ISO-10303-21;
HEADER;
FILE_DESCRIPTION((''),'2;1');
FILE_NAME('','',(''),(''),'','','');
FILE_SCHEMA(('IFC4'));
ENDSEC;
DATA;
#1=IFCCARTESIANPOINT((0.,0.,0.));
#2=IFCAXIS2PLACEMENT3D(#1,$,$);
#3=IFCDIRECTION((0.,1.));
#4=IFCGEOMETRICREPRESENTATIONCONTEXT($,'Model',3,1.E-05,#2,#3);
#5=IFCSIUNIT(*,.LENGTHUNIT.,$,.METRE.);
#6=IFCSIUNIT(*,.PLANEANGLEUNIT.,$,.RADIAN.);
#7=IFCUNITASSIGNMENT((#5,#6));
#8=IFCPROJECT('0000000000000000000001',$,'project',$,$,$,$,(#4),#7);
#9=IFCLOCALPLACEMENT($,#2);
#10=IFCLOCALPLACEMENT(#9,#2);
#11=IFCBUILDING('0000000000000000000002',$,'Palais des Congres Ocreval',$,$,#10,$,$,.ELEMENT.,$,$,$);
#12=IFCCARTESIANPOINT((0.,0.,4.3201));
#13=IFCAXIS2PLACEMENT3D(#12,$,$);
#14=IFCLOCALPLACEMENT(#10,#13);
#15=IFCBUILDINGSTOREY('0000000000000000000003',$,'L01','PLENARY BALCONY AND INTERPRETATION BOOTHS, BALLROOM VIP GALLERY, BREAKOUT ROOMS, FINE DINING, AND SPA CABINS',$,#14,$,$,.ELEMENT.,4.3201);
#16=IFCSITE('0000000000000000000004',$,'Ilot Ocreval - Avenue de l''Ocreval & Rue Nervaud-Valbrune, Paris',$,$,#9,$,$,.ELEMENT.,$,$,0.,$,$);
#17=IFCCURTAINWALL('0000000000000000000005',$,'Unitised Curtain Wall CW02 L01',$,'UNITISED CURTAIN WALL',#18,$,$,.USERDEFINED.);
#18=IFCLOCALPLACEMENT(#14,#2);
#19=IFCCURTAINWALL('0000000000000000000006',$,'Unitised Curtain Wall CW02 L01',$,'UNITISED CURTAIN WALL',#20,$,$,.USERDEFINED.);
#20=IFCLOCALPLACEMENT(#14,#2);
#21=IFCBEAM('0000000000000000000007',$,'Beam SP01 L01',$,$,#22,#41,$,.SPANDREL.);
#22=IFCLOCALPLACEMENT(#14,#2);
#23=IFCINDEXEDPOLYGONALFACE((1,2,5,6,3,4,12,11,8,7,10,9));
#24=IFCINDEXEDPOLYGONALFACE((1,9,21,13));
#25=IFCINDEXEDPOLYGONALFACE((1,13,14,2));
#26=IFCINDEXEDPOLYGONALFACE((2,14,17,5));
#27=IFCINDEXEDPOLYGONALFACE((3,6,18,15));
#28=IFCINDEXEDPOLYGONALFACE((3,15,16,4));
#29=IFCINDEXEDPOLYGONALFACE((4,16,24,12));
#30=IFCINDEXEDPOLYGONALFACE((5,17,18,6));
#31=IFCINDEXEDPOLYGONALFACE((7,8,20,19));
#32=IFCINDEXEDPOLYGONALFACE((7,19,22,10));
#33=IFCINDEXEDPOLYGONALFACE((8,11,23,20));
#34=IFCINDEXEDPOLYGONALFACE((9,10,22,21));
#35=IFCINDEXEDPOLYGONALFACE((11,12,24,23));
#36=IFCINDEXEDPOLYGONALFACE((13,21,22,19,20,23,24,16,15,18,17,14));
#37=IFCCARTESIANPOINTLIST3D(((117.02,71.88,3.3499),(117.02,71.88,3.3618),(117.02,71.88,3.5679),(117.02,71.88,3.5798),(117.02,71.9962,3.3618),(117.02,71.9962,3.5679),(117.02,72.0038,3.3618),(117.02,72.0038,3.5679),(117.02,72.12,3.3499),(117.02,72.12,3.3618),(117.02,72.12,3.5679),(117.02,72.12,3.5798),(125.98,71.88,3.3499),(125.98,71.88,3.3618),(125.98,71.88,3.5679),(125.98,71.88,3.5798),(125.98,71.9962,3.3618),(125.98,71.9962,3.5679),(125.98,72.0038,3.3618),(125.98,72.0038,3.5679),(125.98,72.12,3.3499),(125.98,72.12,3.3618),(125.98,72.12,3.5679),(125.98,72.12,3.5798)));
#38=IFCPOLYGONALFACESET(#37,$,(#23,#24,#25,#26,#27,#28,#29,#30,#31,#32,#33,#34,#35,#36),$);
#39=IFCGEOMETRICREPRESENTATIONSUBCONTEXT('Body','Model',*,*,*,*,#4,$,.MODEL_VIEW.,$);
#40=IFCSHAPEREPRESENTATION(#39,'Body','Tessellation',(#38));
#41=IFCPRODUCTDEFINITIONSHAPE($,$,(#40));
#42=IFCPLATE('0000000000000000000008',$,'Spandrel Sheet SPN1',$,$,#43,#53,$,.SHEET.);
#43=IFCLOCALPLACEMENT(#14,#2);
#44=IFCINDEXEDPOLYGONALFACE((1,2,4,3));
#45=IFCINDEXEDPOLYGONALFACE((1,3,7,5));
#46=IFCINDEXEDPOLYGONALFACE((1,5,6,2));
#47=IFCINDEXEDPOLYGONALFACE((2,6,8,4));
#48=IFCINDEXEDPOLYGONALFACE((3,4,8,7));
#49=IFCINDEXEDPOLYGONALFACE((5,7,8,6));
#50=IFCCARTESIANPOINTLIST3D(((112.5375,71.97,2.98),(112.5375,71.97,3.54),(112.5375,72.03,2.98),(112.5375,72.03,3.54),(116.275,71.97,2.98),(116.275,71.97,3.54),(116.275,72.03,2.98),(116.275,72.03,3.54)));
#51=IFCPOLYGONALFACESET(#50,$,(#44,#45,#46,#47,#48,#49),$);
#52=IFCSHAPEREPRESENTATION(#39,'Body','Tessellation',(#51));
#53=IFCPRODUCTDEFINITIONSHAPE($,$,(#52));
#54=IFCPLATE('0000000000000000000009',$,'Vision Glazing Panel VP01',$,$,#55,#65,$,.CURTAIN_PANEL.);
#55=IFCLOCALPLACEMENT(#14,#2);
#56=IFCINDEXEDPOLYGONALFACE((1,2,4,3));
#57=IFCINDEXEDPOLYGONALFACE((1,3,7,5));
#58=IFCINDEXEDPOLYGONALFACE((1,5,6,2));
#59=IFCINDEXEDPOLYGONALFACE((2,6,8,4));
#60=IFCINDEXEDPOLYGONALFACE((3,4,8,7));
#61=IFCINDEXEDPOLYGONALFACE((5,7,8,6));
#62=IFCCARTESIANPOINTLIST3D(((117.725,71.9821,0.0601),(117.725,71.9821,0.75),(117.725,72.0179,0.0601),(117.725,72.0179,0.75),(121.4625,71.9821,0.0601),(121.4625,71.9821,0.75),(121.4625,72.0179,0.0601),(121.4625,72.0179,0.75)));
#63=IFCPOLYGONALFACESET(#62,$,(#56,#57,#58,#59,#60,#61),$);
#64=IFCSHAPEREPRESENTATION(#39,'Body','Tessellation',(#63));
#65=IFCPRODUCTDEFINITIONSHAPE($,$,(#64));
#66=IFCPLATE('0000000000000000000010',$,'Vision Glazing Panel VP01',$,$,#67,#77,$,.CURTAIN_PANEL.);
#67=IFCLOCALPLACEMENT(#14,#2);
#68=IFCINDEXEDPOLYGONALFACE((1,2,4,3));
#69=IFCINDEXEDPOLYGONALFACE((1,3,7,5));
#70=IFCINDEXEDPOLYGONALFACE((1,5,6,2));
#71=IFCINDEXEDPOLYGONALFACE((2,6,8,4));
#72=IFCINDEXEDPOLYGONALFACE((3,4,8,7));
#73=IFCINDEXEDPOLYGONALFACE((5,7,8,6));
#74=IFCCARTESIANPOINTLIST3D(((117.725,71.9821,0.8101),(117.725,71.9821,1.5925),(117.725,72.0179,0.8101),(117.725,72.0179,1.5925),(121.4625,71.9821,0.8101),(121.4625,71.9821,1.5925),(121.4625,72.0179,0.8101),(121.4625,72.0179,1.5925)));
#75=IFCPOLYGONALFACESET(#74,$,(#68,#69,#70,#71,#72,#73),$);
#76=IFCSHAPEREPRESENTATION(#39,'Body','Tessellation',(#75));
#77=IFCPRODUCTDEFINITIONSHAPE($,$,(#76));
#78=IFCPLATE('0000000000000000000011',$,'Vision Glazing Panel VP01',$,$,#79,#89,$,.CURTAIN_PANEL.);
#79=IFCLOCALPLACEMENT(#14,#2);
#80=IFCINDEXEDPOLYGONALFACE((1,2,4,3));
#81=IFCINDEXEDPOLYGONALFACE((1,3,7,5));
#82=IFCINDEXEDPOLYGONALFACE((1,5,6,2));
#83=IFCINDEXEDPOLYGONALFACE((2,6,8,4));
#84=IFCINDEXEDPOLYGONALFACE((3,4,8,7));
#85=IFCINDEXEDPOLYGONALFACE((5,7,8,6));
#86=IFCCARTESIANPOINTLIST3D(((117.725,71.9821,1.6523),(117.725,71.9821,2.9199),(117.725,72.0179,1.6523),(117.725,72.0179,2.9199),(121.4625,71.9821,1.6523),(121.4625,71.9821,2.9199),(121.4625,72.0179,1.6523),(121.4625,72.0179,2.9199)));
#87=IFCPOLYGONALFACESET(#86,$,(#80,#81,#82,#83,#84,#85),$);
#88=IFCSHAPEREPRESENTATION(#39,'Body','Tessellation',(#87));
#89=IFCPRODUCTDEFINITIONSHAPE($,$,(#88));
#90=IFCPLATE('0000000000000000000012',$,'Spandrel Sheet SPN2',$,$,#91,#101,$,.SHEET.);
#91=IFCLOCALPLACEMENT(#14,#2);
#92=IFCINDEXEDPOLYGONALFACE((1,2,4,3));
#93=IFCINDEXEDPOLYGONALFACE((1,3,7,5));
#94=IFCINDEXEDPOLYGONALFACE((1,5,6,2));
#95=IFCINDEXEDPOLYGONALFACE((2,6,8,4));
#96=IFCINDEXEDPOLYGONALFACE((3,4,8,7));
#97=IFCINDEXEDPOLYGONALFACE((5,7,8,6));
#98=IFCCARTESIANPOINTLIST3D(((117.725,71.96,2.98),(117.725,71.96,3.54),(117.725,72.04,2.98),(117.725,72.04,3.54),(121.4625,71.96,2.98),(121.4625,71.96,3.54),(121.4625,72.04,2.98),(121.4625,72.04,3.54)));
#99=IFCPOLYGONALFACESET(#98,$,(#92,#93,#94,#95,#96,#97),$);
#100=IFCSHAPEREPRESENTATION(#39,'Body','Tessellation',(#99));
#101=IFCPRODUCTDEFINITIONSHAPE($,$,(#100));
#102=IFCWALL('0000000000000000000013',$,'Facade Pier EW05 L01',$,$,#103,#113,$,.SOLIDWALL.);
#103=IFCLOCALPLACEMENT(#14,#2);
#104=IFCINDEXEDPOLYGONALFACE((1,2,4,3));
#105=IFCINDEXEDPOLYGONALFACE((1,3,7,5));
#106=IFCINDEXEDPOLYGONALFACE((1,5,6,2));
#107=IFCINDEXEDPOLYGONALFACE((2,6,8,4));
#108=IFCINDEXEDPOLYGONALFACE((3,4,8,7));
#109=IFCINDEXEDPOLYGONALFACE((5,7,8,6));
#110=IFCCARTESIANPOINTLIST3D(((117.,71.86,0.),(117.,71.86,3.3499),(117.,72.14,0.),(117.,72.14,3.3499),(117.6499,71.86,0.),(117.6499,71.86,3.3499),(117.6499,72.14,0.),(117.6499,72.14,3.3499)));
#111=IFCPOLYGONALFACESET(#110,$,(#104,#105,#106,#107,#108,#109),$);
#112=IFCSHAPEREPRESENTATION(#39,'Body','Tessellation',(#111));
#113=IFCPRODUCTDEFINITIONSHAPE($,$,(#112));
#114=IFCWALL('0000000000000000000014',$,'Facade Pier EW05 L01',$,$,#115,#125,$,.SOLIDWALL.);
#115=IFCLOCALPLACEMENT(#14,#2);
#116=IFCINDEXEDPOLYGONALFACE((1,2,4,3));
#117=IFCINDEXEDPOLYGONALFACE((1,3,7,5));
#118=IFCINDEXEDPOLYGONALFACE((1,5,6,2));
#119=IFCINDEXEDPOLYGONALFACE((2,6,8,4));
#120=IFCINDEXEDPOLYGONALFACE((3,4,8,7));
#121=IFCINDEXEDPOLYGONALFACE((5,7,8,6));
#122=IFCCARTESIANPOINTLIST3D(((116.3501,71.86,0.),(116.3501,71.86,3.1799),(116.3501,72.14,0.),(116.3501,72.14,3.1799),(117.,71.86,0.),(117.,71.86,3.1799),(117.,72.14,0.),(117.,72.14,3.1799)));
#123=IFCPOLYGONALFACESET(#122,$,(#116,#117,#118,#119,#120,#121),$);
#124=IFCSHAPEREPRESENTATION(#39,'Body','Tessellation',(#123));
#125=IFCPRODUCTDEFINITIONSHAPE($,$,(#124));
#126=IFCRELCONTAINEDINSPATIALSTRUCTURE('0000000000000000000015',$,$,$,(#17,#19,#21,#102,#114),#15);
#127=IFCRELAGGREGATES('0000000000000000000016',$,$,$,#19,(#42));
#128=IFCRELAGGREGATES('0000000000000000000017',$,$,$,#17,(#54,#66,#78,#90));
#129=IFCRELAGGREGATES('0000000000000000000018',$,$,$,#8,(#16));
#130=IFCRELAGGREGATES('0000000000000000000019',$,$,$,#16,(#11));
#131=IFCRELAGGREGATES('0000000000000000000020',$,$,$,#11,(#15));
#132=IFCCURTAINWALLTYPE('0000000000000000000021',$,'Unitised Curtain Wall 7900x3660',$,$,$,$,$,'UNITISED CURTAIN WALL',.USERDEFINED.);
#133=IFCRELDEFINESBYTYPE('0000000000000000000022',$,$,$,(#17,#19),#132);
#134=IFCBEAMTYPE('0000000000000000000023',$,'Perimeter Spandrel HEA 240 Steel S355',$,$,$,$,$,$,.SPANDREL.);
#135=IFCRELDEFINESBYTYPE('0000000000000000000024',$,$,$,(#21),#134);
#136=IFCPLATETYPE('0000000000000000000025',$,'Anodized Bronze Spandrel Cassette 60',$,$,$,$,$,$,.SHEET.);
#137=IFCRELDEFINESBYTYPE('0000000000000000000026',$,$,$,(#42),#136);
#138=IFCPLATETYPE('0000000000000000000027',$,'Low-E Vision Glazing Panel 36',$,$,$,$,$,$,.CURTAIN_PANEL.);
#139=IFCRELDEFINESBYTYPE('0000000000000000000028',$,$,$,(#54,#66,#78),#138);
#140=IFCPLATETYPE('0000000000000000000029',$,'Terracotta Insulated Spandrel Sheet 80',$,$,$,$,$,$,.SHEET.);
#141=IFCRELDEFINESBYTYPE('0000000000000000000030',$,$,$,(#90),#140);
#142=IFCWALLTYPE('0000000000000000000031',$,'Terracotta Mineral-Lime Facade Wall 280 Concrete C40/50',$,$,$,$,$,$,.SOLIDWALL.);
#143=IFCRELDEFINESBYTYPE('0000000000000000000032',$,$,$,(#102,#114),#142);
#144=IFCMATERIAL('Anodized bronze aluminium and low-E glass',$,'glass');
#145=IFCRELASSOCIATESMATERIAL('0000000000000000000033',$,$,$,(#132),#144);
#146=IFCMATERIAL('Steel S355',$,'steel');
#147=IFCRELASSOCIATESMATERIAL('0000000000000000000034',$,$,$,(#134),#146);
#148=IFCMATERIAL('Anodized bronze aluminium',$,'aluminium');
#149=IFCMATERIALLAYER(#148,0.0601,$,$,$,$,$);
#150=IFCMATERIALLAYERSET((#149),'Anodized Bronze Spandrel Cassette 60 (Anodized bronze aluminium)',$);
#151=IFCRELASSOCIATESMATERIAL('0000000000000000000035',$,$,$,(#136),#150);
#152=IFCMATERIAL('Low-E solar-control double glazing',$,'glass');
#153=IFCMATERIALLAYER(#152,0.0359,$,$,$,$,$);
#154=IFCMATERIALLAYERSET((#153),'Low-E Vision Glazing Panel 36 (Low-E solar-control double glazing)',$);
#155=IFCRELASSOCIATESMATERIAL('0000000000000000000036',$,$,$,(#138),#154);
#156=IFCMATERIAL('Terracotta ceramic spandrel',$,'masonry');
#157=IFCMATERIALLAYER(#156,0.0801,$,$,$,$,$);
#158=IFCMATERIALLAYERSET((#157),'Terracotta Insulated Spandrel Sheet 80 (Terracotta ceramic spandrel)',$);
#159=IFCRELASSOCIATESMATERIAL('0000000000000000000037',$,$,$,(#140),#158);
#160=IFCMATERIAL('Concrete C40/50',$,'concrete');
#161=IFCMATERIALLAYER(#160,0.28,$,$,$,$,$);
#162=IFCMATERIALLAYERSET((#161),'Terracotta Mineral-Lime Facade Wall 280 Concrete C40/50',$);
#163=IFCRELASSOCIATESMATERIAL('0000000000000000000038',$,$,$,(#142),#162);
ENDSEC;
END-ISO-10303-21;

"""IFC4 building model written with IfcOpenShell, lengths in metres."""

from ifc_helpers import new_model, si_unit, direction, frame, frame_2d, origin, origin_2d, place, context, subcontext, project, spatial, rectangle, i_section, extrude, material, layer, layer_set, material_profile, profile_set, type_object, element, aggregate, save


model = new_model("IFC4")

# Units and contexts
model_context = context("Model", 3, precision=1e-05, world=origin(), true_north=direction((0.0, 1.0)))
body_context = subcontext(model_context, "Body", "Model", "MODEL_VIEW")
ifc_project = project(units=[si_unit("LENGTHUNIT", "METRE"), si_unit("PLANEANGLEUNIT", "RADIAN")], contexts=[model_context])

# Site, building, storey
site_placement = place(None, origin())
site = spatial("IfcSite", under=ifc_project, at=site_placement, Name="Ilot Ocreval - Avenue de l'Ocreval & Rue Nervaud-Valbrune, Paris", CompositionType="ELEMENT", RefElevation=0.0)
building_placement = place(site_placement, origin())
building = spatial("IfcBuilding", under=site, at=building_placement, Name="Palais des Congres Ocreval", CompositionType="ELEMENT")
storey_placement = place(building_placement, frame((0.0, 0.0, 4.3201)))
storey = spatial("IfcBuildingStorey", under=building, at=storey_placement, Name="L01", Description="PLENARY BALCONY AND INTERPRETATION BOOTHS, BALLROOM VIP GALLERY, BREAKOUT ROOMS, FINE DINING, AND SPA CABINS", CompositionType="ELEMENT", Elevation=4.3201)

# Curtain wall
ifc_material_1 = material(Name="Anodized bronze aluminium and low-E glass", Category="glass")
curtain_wall_type = type_object("IfcCurtainWallType", Name="Unitised Curtain Wall 7900x3660", ElementType="UNITISED CURTAIN WALL", PredefinedType="USERDEFINED", material=ifc_material_1)
curtain_wall_1_placement = place(storey_placement, origin())
curtain_wall_1 = element("IfcCurtainWall", 1, at=curtain_wall_1_placement, inside=storey, type_object=curtain_wall_type, Name="Unitised Curtain Wall CW02 L01", ObjectType="UNITISED CURTAIN WALL", PredefinedType="USERDEFINED")
ifc_material_2 = material(Name="Anodized bronze aluminium", Category="aluminium")

# Curtain wall
curtain_wall_2_placement = place(storey_placement, origin())
curtain_wall_2 = element("IfcCurtainWall", 2, at=curtain_wall_2_placement, inside=storey, type_object=curtain_wall_type, Name="Unitised Curtain Wall CW02 L01", ObjectType="UNITISED CURTAIN WALL", PredefinedType="USERDEFINED")

# Beam
ifc_material_3 = material(Name="Steel S355", Category="steel")
ifc_material_profile_1 = material_profile(ifc_material_3, i_section(OverallWidth=0.24, OverallDepth=0.23, WebThickness=0.0076, FlangeThickness=0.012, at=origin_2d()), Name="HEA 240")
ifc_profile_set_1 = profile_set([ifc_material_profile_1], Name="Steel S355")
beam_type = type_object("IfcBeamType", Name="Perimeter Spandrel HEA 240 Steel S355", PredefinedType="SPANDREL", material=ifc_profile_set_1)
beam_placement = place(storey_placement, frame((117.02, 72.0, 3.4648), z_axis=(1.0, 0.0, 0.0), x_axis=(0.0, 1.0, 0.0)))
element("IfcBeam", 3, at=beam_placement, inside=storey, type_object=beam_type, Name="Beam SP01 L01", PredefinedType="SPANDREL", context=body_context, shape_type="SweptSolid", body=[
    extrude(i_section(OverallWidth=0.24, OverallDepth=0.23, WebThickness=0.0076, FlangeThickness=0.012, at=origin_2d()), origin(), (0.0, 0.0, 1.0), 8.96),
])

# Plates
ifc_layer_1 = layer(ifc_material_2, 0.0601)
ifc_layer_set_1 = layer_set([ifc_layer_1], Name="Anodized Bronze Spandrel Cassette 60 (Anodized bronze aluminium)")
plate_type_1 = type_object("IfcPlateType", Name="Anodized Bronze Spandrel Cassette 60", PredefinedType="SHEET", material=ifc_layer_set_1)
plate_1_placement = place(storey_placement, frame((114.4062, 72.0, 2.98), z_axis=(0.0, 0.0, 1.0), x_axis=(-1.0, 0.0, 0.0)))
plate_1 = element("IfcPlate", 4, at=plate_1_placement, type_object=plate_type_1, Name="Spandrel Sheet SPN1", PredefinedType="SHEET", context=body_context, shape_type="SweptSolid", body=[
    extrude(rectangle(XDim=3.7375, YDim=0.0601, at=origin_2d()), origin(), (0.0, 0.0, 1.0), 0.5601),
])
aggregate(curtain_wall_2, [plate_1])
ifc_material_4 = material(Name="Low-E solar-control double glazing", Category="glass")
ifc_layer_2 = layer(ifc_material_4, 0.0359)
ifc_layer_set_2 = layer_set([ifc_layer_2], Name="Low-E Vision Glazing Panel 36 (Low-E solar-control double glazing)")
plate_type_2 = type_object("IfcPlateType", Name="Low-E Vision Glazing Panel 36", PredefinedType="CURTAIN_PANEL", material=ifc_layer_set_2)
plate_2_placement = place(storey_placement, frame((119.5938, 72.0, 0.0601), z_axis=(0.0, 0.0, 1.0), x_axis=(-1.0, 0.0, 0.0)))
plate_2 = element("IfcPlate", 5, at=plate_2_placement, type_object=plate_type_2, Name="Vision Glazing Panel VP01", PredefinedType="CURTAIN_PANEL", context=body_context, shape_type="SweptSolid", body=[
    extrude(rectangle(XDim=3.7375, YDim=0.0359, at=origin_2d()), origin(), (0.0, 0.0, 1.0), 0.6899),
])
plate_3_placement = place(storey_placement, frame((119.5938, 72.0, 0.8101), z_axis=(0.0, 0.0, 1.0), x_axis=(-1.0, 0.0, 0.0)))
plate_3 = element("IfcPlate", 6, at=plate_3_placement, type_object=plate_type_2, Name="Vision Glazing Panel VP01", PredefinedType="CURTAIN_PANEL", context=body_context, shape_type="SweptSolid", body=[
    extrude(rectangle(XDim=3.7375, YDim=0.0359, at=origin_2d()), origin(), (0.0, 0.0, 1.0), 0.7825),
])
plate_4_placement = place(storey_placement, frame((119.5938, 72.0, 1.6523), z_axis=(0.0, 0.0, 1.0), x_axis=(-1.0, 0.0, 0.0)))
plate_4 = element("IfcPlate", 7, at=plate_4_placement, type_object=plate_type_2, Name="Vision Glazing Panel VP01", PredefinedType="CURTAIN_PANEL", context=body_context, shape_type="SweptSolid", body=[
    extrude(rectangle(XDim=3.7375, YDim=0.0359, at=origin_2d()), origin(), (0.0, 0.0, 1.0), 1.2676),
])
ifc_material_5 = material(Name="Terracotta ceramic spandrel", Category="masonry")
ifc_layer_3 = layer(ifc_material_5, 0.0801)
ifc_layer_set_3 = layer_set([ifc_layer_3], Name="Terracotta Insulated Spandrel Sheet 80 (Terracotta ceramic spandrel)")
plate_type_3 = type_object("IfcPlateType", Name="Terracotta Insulated Spandrel Sheet 80", PredefinedType="SHEET", material=ifc_layer_set_3)
plate_5_placement = place(storey_placement, frame((119.5938, 72.0, 2.98), z_axis=(0.0, 0.0, 1.0), x_axis=(-1.0, 0.0, 0.0)))
plate_5 = element("IfcPlate", 8, at=plate_5_placement, type_object=plate_type_3, Name="Spandrel Sheet SPN2", PredefinedType="SHEET", context=body_context, shape_type="SweptSolid", body=[
    extrude(rectangle(XDim=3.7375, YDim=0.0801, at=origin_2d()), origin(), (0.0, 0.0, 1.0), 0.5601),
])
aggregate(curtain_wall_1, [plate_2, plate_3, plate_4, plate_5])

# Walls
ifc_material_6 = material(Name="Concrete C40/50", Category="concrete")
ifc_layer_4 = layer(ifc_material_6, 0.28)
ifc_layer_set_4 = layer_set([ifc_layer_4], Name="Terracotta Mineral-Lime Facade Wall 280 Concrete C40/50")
wall_type = type_object("IfcWallType", Name="Terracotta Mineral-Lime Facade Wall 280 Concrete C40/50", PredefinedType="SOLIDWALL", material=ifc_layer_set_4)
wall_1_placement = place(storey_placement, frame((117.6499, 72.0, 0.0), z_axis=(0.0, 0.0, 1.0), x_axis=(-1.0, 0.0, 0.0)))
element("IfcWall", 9, at=wall_1_placement, inside=storey, type_object=wall_type, Name="Facade Pier EW05 L01", PredefinedType="SOLIDWALL", context=body_context, shape_type="SweptSolid", body=[
    extrude(rectangle(XDim=0.6499, YDim=0.28, at=frame_2d((0.325, 0.0))), origin(), (0.0, 0.0, 1.0), 3.3499),
])
wall_2_placement = place(storey_placement, frame((117.0, 72.0, 0.0), z_axis=(0.0, 0.0, 1.0), x_axis=(-1.0, 0.0, 0.0)))
element("IfcWall", 10, at=wall_2_placement, inside=storey, type_object=wall_type, Name="Facade Pier EW05 L01", PredefinedType="SOLIDWALL", context=body_context, shape_type="SweptSolid", body=[
    extrude(rectangle(XDim=0.6499, YDim=0.28, at=frame_2d((0.325, 0.0))), origin(), (0.0, 0.0, 1.0), 3.1799),
])

save(model, "model.ifc")
